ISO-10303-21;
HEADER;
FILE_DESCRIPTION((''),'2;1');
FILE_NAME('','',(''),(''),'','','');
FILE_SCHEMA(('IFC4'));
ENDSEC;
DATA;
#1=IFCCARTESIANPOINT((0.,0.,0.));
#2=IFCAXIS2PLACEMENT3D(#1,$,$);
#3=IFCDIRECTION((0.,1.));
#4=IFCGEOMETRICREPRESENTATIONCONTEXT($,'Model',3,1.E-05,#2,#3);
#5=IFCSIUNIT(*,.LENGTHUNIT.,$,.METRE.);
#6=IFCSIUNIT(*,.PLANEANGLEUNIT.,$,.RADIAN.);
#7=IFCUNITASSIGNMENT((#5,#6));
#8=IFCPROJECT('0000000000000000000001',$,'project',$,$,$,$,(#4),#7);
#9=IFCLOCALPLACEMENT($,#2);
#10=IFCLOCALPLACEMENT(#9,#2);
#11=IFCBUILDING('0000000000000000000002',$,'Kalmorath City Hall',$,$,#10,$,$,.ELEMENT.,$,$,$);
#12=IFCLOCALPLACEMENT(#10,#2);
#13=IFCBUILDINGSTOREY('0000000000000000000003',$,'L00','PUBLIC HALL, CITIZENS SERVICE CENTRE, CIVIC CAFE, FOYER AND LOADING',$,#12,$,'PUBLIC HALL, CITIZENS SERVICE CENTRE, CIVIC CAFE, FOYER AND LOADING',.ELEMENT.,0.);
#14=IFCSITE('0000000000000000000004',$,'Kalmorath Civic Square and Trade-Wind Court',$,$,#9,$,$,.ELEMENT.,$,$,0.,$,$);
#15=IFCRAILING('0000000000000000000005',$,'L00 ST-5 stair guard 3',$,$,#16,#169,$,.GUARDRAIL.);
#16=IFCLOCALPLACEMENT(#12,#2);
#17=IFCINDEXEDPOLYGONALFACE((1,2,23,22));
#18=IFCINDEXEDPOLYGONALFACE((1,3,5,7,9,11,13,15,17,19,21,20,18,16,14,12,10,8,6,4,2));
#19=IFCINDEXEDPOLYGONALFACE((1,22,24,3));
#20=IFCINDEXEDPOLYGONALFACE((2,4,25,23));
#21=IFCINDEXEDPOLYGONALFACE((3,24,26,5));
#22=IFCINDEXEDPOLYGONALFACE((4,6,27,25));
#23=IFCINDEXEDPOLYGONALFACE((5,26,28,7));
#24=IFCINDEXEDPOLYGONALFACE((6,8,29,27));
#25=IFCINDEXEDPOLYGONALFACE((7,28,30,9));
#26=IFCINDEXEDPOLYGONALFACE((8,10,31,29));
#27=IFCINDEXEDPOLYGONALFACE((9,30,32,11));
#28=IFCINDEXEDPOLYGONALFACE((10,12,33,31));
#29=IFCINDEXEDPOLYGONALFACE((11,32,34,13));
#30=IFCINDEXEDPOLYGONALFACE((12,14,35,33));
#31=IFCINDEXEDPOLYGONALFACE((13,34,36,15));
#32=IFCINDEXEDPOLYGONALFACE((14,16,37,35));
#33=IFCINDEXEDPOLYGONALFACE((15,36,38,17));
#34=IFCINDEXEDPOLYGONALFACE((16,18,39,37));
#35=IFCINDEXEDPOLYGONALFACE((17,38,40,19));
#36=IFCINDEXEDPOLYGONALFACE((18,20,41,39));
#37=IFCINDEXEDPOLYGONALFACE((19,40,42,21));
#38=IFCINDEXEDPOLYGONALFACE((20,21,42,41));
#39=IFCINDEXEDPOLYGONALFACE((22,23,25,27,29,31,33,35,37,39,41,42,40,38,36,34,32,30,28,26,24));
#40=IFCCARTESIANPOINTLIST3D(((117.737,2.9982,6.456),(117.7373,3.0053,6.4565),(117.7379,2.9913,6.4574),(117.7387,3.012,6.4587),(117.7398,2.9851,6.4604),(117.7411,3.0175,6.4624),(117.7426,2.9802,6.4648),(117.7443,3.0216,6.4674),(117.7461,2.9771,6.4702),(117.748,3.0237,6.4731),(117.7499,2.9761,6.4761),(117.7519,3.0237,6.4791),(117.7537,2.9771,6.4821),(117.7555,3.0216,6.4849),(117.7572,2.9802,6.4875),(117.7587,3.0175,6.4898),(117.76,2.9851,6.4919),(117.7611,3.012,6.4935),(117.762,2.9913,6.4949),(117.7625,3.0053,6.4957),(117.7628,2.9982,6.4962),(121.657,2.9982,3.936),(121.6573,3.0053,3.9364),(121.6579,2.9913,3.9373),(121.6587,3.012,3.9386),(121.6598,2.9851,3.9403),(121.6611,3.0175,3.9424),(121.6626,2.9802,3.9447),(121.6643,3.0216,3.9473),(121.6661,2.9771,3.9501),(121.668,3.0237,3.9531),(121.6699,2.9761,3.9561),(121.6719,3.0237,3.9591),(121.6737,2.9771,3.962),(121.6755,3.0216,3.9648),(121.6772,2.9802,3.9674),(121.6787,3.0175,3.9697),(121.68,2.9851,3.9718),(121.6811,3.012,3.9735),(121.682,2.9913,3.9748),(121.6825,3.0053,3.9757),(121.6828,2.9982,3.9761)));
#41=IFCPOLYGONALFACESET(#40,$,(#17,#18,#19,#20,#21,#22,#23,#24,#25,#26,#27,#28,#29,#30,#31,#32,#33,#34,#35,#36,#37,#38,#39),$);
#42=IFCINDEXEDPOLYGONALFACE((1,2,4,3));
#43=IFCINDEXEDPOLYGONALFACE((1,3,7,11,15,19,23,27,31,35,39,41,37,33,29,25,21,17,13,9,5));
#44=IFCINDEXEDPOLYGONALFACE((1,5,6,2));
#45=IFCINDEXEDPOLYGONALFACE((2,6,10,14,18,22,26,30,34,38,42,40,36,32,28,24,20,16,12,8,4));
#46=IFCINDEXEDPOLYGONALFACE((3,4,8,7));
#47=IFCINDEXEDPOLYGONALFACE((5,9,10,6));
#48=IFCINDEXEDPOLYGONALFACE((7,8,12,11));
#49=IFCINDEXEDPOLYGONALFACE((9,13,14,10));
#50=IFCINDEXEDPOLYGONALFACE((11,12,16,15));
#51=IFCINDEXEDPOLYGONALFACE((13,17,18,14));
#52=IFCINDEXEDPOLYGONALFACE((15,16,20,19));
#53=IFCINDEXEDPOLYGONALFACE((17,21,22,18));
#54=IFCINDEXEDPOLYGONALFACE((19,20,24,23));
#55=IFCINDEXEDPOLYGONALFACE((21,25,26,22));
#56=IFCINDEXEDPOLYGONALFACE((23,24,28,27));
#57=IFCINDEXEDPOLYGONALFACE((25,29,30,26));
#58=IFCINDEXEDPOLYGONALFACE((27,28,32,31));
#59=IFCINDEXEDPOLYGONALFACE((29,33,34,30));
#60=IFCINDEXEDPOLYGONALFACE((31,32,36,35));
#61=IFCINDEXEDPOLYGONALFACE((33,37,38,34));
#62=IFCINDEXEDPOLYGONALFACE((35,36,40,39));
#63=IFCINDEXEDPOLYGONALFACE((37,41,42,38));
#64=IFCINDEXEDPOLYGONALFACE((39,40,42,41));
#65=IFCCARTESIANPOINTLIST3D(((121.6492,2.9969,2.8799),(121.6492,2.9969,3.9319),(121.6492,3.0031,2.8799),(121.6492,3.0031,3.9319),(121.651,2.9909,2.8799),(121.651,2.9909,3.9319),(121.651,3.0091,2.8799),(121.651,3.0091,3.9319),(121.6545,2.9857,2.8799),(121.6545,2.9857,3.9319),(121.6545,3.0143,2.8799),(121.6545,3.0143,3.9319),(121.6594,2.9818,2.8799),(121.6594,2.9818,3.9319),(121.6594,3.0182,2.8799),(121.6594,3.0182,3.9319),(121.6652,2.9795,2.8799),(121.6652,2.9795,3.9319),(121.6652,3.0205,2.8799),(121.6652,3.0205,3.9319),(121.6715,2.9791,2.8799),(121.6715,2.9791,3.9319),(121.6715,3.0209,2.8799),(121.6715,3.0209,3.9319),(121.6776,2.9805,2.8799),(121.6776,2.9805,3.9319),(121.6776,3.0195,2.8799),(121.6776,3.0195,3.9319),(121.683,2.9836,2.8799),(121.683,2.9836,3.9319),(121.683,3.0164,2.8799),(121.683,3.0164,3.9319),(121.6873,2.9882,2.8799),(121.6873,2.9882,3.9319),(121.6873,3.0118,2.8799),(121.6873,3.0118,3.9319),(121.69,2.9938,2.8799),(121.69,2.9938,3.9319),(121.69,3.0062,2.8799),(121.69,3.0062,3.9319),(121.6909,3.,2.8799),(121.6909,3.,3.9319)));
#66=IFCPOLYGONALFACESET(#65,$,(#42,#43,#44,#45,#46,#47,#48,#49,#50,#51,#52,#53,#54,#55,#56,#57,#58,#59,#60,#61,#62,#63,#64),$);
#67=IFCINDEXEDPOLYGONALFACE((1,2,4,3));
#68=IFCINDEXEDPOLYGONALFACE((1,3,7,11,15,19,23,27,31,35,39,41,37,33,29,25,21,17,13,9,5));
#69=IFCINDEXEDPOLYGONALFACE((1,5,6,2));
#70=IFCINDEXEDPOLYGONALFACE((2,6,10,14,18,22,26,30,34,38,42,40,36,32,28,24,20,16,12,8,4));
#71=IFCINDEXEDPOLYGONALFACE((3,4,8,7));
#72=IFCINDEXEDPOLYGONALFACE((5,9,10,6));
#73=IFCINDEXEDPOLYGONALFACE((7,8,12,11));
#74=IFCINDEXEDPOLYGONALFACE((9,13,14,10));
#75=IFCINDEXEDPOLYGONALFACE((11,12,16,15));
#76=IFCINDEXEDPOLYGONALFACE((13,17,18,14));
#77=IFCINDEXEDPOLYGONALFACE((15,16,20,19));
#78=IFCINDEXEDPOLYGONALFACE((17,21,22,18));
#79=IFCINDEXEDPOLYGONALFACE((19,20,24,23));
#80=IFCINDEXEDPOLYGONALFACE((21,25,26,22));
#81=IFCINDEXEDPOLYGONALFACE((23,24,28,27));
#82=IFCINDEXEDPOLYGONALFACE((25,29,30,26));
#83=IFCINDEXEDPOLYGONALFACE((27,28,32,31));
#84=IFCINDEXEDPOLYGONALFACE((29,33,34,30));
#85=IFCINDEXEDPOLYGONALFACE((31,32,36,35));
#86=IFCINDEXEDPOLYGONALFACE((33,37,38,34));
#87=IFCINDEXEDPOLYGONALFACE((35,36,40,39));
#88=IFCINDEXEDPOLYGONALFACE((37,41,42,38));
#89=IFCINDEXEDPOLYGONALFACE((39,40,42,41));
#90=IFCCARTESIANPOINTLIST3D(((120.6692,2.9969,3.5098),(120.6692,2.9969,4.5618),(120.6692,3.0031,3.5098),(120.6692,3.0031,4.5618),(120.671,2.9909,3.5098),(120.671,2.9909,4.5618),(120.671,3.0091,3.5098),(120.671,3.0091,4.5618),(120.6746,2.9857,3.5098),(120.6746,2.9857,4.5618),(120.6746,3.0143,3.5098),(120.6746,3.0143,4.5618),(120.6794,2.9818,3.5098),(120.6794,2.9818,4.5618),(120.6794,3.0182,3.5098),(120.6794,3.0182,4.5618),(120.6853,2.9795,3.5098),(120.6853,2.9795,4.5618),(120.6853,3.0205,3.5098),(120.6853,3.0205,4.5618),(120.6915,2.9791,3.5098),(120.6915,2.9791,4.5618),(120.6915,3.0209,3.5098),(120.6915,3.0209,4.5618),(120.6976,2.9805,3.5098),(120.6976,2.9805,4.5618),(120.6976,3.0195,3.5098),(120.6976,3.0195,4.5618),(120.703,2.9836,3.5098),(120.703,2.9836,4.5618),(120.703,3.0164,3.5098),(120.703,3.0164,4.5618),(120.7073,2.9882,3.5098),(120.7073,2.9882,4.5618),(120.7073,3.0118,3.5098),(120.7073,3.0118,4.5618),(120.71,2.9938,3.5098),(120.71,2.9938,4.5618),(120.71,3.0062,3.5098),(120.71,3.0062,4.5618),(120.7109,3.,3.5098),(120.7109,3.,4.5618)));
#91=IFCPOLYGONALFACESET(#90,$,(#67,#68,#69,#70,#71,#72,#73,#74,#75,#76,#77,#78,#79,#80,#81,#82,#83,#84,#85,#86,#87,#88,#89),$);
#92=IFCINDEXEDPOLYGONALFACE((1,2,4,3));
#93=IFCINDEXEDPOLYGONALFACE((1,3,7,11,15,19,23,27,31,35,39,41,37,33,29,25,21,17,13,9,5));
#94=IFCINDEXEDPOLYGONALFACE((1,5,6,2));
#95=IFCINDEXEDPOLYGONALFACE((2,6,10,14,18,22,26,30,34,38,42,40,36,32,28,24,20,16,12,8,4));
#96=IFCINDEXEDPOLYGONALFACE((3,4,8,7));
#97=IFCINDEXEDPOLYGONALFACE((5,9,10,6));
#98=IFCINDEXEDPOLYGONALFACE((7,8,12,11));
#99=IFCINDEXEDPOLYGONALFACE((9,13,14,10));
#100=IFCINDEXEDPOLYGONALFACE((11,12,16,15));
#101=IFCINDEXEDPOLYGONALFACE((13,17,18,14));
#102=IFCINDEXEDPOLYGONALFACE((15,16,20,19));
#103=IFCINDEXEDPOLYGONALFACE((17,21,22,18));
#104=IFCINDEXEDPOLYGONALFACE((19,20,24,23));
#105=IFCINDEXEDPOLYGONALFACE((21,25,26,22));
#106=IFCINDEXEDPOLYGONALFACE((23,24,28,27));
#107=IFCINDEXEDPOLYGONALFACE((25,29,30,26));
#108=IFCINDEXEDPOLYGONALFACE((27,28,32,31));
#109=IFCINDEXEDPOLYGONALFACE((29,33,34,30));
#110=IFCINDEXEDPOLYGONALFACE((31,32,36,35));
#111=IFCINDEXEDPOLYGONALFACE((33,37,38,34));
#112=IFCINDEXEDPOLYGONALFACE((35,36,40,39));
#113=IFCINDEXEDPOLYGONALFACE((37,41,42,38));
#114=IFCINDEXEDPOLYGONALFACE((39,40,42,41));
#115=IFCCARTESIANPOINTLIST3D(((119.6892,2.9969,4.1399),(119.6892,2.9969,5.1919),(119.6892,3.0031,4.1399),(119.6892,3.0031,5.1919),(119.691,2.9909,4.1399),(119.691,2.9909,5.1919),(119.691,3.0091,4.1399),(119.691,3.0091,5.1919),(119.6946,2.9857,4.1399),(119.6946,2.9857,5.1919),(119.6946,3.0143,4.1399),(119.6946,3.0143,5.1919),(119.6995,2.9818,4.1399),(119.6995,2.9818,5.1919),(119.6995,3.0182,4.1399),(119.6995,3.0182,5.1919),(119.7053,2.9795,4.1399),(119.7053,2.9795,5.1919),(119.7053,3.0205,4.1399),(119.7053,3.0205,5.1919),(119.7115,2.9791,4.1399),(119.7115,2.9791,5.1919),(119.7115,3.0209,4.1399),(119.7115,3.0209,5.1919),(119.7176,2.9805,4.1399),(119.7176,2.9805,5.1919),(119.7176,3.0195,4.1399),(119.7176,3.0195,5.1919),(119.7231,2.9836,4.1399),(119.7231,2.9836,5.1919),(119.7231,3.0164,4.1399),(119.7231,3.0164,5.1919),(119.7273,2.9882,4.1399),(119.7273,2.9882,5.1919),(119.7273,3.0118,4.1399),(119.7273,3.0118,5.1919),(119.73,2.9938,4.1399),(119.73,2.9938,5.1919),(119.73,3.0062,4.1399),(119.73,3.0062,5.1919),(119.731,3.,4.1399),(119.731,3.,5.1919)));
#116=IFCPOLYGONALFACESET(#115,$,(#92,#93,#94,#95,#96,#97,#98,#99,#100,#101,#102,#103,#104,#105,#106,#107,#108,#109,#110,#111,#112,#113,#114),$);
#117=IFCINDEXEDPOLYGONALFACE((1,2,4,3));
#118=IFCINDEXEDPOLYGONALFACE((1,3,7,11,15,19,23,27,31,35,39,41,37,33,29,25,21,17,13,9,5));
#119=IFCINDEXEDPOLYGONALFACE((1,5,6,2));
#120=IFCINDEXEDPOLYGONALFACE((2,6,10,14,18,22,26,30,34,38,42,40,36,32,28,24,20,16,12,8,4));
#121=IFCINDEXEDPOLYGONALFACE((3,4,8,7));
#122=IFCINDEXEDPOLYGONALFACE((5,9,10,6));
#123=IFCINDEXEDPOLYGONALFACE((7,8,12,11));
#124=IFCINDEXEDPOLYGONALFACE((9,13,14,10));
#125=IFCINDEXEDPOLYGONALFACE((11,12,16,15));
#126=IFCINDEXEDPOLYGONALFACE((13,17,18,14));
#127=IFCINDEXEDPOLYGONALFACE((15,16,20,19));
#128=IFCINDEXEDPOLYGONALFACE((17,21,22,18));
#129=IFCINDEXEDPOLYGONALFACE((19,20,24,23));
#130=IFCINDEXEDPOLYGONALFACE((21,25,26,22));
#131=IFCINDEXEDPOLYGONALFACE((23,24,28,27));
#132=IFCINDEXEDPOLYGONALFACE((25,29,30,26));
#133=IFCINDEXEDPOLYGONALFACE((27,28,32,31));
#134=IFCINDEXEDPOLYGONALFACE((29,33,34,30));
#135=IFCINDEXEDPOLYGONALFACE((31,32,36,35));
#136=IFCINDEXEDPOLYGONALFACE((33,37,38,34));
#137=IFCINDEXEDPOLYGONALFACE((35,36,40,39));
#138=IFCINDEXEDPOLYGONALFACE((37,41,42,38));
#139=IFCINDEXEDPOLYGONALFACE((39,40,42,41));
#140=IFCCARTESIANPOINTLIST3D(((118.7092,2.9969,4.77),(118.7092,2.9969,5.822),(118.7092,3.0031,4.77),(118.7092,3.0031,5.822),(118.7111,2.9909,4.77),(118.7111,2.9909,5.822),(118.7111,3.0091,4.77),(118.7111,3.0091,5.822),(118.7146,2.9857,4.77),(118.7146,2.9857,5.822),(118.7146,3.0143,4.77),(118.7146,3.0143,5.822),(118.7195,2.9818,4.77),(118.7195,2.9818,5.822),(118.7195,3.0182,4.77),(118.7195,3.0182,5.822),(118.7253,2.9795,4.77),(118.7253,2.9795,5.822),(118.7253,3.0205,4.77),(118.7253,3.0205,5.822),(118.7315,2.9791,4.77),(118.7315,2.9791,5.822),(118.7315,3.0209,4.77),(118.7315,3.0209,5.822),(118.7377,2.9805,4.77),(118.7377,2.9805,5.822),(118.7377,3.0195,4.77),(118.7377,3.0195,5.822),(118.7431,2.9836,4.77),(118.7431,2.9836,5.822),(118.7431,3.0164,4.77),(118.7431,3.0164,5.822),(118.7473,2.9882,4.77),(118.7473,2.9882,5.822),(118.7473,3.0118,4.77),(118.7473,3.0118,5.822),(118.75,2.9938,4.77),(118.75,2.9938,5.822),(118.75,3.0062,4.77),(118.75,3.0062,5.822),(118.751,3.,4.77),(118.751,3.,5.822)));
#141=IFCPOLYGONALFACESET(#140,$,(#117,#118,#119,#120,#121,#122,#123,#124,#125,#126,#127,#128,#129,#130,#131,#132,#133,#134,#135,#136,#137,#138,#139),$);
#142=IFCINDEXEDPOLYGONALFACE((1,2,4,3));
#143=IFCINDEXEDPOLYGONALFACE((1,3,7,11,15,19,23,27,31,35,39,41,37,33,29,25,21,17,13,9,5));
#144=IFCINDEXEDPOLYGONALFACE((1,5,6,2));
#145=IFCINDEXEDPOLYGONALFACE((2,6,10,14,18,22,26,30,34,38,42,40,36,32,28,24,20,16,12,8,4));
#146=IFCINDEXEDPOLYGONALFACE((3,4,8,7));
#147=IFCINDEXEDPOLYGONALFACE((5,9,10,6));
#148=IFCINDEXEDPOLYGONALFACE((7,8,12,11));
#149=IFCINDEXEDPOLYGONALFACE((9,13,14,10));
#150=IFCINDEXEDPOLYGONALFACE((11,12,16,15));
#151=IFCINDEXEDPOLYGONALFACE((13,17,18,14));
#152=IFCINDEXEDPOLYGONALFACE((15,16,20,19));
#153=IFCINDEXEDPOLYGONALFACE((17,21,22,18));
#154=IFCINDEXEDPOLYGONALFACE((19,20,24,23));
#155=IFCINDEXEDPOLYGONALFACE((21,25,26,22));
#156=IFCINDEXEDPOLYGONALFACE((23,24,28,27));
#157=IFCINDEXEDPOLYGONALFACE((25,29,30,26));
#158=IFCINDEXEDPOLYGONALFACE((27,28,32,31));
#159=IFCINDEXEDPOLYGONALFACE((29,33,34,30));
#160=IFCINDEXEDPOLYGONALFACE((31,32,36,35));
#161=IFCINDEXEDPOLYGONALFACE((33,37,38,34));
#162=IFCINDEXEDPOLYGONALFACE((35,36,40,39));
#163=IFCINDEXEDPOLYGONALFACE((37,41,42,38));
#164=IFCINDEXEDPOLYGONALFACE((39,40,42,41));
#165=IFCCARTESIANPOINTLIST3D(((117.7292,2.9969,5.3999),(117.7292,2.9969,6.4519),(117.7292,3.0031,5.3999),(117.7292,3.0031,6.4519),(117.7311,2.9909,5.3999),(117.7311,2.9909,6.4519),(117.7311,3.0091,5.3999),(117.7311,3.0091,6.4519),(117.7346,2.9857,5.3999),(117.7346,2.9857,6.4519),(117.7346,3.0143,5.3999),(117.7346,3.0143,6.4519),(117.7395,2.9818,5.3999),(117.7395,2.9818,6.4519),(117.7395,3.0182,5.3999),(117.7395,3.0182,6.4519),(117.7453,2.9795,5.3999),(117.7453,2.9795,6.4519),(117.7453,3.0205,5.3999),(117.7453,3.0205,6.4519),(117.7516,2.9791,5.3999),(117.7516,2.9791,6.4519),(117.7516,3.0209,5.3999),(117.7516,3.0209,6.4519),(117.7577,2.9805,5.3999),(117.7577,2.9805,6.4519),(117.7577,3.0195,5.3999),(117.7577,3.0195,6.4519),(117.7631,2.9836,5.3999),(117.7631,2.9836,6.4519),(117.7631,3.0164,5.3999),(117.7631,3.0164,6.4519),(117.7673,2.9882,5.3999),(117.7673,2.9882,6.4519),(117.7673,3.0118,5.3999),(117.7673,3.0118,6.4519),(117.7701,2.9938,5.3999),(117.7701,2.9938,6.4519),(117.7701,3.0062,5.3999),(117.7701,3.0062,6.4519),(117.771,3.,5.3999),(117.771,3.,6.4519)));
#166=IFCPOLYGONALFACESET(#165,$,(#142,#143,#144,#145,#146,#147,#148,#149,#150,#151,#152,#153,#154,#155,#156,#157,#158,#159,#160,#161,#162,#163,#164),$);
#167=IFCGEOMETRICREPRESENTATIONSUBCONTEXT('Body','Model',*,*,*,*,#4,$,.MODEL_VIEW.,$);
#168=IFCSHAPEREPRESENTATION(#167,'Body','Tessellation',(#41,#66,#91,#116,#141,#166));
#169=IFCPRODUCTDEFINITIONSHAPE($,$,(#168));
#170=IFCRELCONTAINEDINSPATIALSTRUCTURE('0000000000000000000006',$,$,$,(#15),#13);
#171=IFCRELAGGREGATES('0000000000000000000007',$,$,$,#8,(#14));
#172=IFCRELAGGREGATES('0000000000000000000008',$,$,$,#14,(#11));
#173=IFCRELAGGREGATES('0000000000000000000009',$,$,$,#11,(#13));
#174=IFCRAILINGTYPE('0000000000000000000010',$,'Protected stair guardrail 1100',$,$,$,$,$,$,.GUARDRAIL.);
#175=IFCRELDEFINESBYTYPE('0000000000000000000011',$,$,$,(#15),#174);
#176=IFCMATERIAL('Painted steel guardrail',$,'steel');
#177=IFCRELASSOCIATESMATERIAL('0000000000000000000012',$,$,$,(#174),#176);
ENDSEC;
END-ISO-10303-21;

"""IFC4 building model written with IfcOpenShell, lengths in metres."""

from ifc_helpers import new_model, si_unit, direction, frame, origin, origin_2d, place, context, subcontext, project, spatial, circle, extrude, material, type_object, element, save


model = new_model("IFC4")

# Units and contexts
model_context = context("Model", 3, precision=1e-05, world=origin(), true_north=direction((0.0, 1.0)))
body_context = subcontext(model_context, "Body", "Model", "MODEL_VIEW")
ifc_project = project(units=[si_unit("LENGTHUNIT", "METRE"), si_unit("PLANEANGLEUNIT", "RADIAN")], contexts=[model_context])

# Site, building, storey
site_placement = place(None, origin())
site = spatial("IfcSite", under=ifc_project, at=site_placement, Name="Kalmorath Civic Square and Trade-Wind Court", CompositionType="ELEMENT", RefElevation=0.0)
building_placement = place(site_placement, origin())
building = spatial("IfcBuilding", under=site, at=building_placement, Name="Kalmorath City Hall", CompositionType="ELEMENT")
storey_placement = place(building_placement, origin())
storey = spatial("IfcBuildingStorey", under=building, at=storey_placement, Name="L00", Description="PUBLIC HALL, CITIZENS SERVICE CENTRE, CIVIC CAFE, FOYER AND LOADING", LongName="PUBLIC HALL, CITIZENS SERVICE CENTRE, CIVIC CAFE, FOYER AND LOADING", CompositionType="ELEMENT", Elevation=0.0)

# Railing
ifc_material_1 = material(Name="Painted steel guardrail", Category="steel")
railing_type_1 = type_object("IfcRailingType", Name="Protected stair guardrail 1100", PredefinedType="GUARDRAIL", material=ifc_material_1)
railing_1_placement = place(storey_placement, frame((121.6699, 3.0, 2.8799)))
element("IfcRailing", 1, at=railing_1_placement, inside=storey, type_object=railing_type_1, Name="L00 ST-5 stair guard 3", PredefinedType="GUARDRAIL", context=body_context, shape_type="SweptSolid", body=[
    extrude(circle(Radius=0.0239, at=origin_2d()), frame((0.0, 0.0, 1.0762), z_axis=(-0.841172, 0.0, 0.540768), x_axis=(0.0, -1.0, 0.0)), (0.0, 0.0, 1.0), 4.6602),
    extrude(circle(Radius=0.021, at=origin_2d()), origin(), (0.0, 0.0, 1.0), 1.052),
    extrude(circle(Radius=0.021, at=origin_2d()), frame((-0.98, 0.0, 0.6299)), (0.0, 0.0, 1.0), 1.052),
    extrude(circle(Radius=0.021, at=origin_2d()), frame((-1.96, 0.0, 1.26)), (0.0, 0.0, 1.0), 1.052),
    extrude(circle(Radius=0.021, at=origin_2d()), frame((-2.9399, 0.0, 1.8901)), (0.0, 0.0, 1.0), 1.052),
    extrude(circle(Radius=0.021, at=origin_2d()), frame((-3.9199, 0.0, 2.52)), (0.0, 0.0, 1.0), 1.052),
])

save(model, "model.ifc")
